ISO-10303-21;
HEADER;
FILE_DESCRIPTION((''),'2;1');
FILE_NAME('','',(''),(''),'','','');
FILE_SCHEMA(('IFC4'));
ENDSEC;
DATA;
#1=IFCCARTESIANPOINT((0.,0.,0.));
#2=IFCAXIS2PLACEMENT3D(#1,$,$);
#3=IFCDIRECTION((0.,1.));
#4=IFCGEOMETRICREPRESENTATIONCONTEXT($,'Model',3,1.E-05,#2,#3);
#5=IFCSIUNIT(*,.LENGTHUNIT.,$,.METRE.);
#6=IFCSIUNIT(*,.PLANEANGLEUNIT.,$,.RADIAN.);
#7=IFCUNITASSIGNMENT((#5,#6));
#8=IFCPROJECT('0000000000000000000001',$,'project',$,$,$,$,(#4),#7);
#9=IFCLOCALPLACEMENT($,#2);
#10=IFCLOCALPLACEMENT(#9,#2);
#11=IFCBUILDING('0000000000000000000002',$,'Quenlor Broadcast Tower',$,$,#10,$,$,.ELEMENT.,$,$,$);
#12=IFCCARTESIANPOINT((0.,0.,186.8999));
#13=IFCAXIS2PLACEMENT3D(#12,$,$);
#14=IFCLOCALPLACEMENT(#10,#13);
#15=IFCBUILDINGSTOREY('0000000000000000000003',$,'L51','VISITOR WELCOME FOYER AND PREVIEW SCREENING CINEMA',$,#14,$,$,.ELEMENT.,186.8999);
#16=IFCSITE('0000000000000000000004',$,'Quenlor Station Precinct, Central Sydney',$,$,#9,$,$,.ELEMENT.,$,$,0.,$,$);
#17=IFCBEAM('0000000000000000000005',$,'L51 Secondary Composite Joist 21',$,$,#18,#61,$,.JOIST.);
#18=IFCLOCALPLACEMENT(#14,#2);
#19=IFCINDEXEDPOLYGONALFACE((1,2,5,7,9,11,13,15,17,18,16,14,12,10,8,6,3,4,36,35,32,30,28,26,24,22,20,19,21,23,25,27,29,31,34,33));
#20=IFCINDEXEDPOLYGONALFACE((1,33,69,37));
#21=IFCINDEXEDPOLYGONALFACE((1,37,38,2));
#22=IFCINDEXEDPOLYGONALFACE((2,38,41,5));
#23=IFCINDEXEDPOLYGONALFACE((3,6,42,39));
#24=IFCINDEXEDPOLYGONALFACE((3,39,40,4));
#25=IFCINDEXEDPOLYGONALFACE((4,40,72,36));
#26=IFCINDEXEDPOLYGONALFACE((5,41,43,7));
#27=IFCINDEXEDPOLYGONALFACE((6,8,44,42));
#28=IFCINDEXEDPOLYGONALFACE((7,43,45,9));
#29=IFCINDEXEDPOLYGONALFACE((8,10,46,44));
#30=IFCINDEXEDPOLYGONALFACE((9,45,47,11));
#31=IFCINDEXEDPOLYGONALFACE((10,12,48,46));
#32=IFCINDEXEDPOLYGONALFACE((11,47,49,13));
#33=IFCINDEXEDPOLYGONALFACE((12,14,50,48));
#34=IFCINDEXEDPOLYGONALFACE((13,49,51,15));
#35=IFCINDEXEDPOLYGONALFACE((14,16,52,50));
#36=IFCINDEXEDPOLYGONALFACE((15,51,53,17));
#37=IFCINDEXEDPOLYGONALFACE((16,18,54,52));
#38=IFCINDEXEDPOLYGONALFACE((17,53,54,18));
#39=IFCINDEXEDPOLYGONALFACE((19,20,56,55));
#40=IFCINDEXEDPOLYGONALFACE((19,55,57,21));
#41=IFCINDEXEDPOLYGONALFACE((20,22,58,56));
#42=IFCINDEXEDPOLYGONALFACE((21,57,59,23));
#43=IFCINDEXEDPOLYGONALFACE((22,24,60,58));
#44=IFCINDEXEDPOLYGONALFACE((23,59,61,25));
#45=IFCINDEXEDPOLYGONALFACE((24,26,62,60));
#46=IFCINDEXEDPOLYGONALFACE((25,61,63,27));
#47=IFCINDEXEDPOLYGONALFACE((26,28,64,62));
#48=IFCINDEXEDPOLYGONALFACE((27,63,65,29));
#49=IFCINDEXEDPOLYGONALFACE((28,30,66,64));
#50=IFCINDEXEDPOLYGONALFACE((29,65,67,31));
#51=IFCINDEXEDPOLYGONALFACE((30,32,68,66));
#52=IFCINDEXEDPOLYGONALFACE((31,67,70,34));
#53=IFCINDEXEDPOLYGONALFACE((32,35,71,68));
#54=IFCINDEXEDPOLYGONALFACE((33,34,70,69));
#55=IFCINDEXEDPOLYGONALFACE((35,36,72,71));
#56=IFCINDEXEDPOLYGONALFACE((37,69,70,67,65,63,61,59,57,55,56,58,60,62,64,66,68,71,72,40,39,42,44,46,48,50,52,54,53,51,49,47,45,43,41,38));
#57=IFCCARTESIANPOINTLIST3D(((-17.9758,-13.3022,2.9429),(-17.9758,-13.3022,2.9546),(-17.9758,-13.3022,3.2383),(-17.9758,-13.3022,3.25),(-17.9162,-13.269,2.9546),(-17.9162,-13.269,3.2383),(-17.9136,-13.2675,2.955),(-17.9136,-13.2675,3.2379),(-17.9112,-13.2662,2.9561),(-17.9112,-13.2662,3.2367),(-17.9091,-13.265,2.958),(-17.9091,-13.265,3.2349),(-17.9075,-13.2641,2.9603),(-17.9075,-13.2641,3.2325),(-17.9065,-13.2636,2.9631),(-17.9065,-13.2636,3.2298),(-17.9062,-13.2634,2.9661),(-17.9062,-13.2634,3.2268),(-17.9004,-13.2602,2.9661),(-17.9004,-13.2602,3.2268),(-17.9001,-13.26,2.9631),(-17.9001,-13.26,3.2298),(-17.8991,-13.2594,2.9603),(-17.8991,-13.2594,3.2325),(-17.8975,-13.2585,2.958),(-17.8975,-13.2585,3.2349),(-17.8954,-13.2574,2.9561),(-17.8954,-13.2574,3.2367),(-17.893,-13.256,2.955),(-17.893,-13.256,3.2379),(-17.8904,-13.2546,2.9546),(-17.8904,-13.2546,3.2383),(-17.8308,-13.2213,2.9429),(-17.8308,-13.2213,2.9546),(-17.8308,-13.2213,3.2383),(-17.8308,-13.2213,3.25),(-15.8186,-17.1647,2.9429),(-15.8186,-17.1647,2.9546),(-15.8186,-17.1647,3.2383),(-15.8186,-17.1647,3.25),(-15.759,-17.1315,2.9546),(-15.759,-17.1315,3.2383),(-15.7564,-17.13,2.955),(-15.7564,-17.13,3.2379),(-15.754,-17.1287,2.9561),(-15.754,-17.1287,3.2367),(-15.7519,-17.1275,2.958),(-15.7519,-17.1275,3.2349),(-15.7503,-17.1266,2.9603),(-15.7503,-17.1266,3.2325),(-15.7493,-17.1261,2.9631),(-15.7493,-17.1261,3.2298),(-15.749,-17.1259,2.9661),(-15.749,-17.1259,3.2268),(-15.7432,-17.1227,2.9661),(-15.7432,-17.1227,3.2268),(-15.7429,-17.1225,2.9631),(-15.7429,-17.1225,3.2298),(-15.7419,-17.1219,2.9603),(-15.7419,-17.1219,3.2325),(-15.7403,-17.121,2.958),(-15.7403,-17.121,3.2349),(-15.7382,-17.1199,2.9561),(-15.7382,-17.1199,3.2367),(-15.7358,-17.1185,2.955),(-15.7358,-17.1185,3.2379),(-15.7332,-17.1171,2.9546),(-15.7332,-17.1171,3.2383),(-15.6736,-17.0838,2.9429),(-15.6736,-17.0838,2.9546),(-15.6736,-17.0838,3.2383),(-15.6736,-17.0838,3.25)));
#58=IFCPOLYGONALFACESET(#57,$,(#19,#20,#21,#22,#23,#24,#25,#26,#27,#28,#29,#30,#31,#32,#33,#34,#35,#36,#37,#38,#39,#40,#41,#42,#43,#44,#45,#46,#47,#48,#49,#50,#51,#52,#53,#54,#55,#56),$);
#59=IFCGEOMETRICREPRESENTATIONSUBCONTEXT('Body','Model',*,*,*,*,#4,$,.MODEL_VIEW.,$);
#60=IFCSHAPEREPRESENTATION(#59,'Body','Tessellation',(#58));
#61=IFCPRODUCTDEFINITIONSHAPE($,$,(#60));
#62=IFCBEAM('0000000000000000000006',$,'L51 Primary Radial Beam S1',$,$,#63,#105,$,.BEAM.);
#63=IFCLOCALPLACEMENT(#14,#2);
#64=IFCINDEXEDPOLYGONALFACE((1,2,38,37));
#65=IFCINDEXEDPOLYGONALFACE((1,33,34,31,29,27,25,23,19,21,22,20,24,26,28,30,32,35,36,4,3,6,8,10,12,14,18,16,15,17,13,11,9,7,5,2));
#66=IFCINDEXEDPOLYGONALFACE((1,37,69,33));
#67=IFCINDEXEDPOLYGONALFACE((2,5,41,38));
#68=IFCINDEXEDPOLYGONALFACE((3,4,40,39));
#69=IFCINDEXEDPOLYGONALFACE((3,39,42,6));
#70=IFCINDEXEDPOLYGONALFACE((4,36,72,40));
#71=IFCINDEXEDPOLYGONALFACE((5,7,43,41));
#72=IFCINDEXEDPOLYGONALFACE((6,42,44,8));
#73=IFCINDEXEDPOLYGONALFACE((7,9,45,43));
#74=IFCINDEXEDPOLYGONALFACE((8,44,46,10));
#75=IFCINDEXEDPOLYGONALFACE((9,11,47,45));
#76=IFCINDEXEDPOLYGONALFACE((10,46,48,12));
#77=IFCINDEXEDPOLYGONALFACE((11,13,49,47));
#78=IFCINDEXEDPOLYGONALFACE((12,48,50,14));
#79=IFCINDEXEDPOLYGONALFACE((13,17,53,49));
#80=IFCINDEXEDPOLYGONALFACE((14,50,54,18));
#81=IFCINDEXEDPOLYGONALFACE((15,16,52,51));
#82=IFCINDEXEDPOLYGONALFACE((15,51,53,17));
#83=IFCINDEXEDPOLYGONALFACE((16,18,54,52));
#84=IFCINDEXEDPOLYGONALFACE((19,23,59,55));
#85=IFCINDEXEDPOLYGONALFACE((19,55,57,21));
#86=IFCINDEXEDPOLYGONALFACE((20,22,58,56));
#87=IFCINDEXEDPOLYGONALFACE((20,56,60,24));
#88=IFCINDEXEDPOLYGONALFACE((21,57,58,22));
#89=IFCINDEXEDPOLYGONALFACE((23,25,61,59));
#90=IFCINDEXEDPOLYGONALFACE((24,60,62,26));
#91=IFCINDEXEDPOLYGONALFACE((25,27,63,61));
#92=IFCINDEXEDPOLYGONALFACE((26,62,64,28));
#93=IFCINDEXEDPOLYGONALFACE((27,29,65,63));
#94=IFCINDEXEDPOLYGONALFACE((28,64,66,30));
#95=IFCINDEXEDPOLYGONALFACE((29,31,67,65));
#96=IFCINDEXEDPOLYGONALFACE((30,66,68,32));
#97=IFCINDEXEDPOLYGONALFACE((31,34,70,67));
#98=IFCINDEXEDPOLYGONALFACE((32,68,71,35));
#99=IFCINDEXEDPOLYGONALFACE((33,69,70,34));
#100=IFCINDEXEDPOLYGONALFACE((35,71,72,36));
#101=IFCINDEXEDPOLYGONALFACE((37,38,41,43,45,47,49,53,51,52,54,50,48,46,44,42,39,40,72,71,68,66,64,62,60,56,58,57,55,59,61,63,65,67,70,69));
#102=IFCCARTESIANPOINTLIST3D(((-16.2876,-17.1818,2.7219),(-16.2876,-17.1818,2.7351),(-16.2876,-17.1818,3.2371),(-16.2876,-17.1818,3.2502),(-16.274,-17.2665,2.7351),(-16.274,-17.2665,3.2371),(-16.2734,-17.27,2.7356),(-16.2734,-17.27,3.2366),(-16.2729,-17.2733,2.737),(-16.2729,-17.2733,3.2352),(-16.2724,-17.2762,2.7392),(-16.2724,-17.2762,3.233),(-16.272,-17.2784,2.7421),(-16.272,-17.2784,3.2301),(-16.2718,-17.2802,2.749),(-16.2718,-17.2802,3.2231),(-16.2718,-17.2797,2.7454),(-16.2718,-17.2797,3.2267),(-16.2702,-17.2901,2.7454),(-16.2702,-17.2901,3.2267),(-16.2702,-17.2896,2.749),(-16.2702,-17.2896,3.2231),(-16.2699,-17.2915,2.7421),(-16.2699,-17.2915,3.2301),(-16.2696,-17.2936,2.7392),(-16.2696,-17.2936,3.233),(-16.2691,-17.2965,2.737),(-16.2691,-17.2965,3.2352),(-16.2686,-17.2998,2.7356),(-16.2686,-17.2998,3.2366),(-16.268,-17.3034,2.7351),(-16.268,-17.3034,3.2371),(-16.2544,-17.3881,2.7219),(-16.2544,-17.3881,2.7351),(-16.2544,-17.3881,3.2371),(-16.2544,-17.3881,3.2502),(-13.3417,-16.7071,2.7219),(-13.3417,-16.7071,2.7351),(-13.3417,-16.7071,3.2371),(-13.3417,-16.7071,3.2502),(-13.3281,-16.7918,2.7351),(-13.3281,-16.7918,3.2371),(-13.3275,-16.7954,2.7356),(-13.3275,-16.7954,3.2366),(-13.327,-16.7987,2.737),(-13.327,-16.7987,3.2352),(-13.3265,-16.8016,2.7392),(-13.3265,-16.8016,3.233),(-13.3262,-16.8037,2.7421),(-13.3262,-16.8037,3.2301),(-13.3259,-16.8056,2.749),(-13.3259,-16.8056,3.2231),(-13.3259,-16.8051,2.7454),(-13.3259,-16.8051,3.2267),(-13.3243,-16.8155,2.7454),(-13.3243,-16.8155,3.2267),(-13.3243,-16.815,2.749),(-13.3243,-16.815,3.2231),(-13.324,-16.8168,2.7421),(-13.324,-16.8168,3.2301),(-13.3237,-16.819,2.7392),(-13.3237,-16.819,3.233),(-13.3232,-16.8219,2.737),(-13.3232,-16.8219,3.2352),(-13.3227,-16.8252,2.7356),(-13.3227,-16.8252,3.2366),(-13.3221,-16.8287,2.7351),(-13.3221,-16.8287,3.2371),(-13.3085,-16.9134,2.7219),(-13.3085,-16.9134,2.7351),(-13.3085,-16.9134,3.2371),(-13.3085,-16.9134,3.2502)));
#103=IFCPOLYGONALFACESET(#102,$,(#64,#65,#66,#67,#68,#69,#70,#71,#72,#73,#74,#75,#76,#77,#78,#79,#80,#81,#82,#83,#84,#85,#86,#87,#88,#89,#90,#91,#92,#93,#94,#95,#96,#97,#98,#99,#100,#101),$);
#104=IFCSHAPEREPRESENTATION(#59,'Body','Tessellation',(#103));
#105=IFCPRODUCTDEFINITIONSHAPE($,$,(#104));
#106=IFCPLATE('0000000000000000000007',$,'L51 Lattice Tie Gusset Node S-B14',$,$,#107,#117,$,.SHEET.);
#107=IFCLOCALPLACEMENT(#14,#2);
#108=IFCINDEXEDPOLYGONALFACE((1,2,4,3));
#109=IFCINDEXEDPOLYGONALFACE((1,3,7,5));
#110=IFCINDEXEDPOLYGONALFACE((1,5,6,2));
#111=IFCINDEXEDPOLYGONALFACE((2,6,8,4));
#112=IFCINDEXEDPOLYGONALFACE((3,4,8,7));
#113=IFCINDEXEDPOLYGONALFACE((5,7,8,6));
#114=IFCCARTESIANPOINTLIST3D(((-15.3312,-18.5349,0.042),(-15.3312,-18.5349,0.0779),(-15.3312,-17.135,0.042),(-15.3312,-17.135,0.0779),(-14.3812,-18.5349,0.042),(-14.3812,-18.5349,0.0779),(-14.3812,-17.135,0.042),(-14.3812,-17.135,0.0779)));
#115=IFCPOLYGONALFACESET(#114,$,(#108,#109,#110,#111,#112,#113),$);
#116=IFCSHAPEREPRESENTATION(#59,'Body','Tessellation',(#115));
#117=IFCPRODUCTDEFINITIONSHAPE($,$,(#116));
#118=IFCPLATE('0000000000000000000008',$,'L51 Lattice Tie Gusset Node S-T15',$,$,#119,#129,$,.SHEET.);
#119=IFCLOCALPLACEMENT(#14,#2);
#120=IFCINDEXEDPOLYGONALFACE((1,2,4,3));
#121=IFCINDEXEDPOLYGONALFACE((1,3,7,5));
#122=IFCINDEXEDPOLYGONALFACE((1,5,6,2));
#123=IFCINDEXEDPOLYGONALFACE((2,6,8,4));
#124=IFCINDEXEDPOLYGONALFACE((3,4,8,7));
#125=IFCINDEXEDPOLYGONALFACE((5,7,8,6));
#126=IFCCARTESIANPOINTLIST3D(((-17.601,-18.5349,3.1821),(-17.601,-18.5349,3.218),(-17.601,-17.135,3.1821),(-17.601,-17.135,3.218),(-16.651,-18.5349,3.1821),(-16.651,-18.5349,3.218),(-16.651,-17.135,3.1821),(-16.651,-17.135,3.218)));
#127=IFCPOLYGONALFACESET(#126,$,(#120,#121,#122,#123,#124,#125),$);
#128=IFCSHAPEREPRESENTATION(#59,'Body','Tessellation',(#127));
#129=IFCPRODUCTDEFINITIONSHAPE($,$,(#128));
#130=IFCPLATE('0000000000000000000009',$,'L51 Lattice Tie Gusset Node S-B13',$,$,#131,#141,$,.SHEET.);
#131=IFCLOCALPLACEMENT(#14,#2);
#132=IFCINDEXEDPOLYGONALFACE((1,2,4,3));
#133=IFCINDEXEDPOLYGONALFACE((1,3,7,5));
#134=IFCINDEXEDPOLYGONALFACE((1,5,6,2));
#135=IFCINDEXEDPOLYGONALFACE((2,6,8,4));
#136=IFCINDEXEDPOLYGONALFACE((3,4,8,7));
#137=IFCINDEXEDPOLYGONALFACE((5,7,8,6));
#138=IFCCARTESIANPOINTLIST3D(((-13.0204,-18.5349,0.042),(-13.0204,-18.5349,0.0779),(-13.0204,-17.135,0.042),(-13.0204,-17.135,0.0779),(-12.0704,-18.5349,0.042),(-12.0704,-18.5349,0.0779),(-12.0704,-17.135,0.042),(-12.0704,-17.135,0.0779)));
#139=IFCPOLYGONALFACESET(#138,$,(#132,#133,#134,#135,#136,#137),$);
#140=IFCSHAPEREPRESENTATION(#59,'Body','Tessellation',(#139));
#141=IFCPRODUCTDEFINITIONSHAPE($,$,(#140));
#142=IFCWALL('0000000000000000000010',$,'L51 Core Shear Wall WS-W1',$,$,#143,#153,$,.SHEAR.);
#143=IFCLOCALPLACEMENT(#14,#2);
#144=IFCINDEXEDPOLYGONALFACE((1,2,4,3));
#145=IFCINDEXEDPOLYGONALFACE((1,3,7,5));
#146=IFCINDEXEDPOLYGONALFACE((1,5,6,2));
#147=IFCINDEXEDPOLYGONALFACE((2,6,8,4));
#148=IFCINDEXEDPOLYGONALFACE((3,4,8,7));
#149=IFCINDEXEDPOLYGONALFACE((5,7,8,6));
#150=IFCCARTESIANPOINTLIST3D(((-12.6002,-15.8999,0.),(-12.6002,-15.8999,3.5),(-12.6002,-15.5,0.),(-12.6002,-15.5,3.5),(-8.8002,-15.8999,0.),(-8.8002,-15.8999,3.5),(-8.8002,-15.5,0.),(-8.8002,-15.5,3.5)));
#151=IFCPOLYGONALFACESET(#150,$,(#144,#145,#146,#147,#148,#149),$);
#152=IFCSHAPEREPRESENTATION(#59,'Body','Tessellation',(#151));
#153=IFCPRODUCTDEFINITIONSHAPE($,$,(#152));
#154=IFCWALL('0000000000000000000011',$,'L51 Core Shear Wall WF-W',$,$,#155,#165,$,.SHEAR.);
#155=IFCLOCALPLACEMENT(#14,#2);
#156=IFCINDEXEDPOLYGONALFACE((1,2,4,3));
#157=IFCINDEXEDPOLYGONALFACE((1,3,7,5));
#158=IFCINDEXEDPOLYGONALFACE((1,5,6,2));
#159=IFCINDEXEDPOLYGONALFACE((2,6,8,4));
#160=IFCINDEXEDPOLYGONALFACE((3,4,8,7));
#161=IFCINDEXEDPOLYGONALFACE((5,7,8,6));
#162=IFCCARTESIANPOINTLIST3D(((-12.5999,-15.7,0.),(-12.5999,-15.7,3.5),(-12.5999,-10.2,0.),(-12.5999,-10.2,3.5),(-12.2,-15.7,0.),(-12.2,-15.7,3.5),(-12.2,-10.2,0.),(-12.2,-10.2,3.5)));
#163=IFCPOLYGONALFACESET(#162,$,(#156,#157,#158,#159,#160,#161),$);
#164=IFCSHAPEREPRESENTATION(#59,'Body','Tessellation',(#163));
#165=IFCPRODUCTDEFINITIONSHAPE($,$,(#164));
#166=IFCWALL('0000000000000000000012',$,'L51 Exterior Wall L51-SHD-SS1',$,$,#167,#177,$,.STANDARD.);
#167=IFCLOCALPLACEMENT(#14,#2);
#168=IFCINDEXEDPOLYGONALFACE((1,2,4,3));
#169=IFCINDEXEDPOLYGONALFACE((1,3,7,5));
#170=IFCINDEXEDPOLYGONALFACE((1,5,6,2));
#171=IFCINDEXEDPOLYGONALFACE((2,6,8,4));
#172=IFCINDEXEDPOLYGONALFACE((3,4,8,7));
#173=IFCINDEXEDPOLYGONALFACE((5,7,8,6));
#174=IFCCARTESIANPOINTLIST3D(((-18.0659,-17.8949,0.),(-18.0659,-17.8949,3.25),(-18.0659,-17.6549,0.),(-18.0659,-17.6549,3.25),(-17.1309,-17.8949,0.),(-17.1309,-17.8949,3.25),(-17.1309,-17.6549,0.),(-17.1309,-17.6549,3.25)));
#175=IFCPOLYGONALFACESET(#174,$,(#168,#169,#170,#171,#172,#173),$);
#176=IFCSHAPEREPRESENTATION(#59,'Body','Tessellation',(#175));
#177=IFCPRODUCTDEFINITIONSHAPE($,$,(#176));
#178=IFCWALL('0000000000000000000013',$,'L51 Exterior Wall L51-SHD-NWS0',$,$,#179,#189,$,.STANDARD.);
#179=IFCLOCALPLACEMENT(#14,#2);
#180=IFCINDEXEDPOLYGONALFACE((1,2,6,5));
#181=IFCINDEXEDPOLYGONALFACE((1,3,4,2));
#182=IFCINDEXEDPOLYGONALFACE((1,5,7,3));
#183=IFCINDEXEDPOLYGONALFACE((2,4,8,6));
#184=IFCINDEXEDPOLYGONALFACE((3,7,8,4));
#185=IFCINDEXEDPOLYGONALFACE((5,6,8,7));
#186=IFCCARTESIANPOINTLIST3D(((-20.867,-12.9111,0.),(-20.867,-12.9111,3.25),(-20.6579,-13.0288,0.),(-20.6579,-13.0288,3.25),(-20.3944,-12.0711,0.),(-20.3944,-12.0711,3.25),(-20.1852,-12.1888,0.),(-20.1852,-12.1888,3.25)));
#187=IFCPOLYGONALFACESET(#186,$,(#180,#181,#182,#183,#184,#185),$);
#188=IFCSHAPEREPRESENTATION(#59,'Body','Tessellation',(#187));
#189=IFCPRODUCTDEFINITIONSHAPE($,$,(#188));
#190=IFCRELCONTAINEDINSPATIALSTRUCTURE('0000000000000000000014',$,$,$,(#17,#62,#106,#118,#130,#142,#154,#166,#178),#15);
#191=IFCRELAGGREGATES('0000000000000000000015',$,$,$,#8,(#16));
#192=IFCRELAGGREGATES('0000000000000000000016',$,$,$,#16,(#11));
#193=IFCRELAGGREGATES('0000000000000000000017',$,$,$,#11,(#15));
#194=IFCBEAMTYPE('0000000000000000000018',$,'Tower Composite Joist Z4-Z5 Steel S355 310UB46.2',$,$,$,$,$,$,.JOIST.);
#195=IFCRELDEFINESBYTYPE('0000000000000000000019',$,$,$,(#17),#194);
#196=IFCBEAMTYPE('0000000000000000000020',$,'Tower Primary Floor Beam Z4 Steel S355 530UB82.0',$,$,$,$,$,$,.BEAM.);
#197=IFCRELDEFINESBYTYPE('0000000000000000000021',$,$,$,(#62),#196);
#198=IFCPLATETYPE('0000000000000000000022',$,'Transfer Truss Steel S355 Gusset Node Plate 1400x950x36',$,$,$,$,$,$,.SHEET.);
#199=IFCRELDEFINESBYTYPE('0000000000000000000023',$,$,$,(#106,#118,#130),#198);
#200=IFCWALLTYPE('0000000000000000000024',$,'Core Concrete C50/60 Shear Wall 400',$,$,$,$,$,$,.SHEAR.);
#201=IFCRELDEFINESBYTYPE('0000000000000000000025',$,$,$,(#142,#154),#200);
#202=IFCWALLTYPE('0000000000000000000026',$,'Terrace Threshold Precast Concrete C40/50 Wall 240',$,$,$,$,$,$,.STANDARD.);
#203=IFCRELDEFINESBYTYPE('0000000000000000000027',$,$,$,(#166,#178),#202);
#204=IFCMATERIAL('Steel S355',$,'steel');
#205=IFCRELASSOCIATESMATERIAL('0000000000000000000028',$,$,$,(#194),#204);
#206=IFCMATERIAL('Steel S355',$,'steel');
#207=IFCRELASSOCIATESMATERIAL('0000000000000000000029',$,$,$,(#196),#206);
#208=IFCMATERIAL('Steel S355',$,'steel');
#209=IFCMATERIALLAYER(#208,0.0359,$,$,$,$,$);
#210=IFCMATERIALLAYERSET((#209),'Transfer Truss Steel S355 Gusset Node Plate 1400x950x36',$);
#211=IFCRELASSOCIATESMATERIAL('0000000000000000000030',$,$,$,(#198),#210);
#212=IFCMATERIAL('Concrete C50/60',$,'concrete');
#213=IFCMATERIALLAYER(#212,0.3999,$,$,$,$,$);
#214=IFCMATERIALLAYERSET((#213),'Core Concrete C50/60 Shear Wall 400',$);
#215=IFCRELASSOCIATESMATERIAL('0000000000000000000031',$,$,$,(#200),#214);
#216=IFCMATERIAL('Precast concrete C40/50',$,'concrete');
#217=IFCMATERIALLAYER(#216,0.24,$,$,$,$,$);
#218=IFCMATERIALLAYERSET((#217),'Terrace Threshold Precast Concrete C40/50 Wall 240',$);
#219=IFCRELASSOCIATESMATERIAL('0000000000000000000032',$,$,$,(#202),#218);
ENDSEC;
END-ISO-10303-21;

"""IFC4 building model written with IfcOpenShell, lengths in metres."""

from ifc_helpers import new_model, si_unit, direction, frame, frame_2d, origin, origin_2d, place, context, subcontext, project, spatial, rectangle, i_section, extrude, material, layer, layer_set, material_profile, profile_set, type_object, element, save


model = new_model("IFC4")

# Units and contexts
model_context = context("Model", 3, precision=1e-05, world=origin(), true_north=direction((0.0, 1.0)))
body_context = subcontext(model_context, "Body", "Model", "MODEL_VIEW")
ifc_project = project(units=[si_unit("LENGTHUNIT", "METRE"), si_unit("PLANEANGLEUNIT", "RADIAN")], contexts=[model_context])

# Site, building, storey
site_placement = place(None, origin())
site = spatial("IfcSite", under=ifc_project, at=site_placement, Name="Quenlor Station Precinct, Central Sydney", CompositionType="ELEMENT", RefElevation=0.0)
building_placement = place(site_placement, origin())
building = spatial("IfcBuilding", under=site, at=building_placement, Name="Quenlor Broadcast Tower", CompositionType="ELEMENT")
storey_placement = place(building_placement, frame((0.0, 0.0, 186.8999)))
storey = spatial("IfcBuildingStorey", under=building, at=storey_placement, Name="L51", Description="VISITOR WELCOME FOYER AND PREVIEW SCREENING CINEMA", CompositionType="ELEMENT", Elevation=186.8999)

# Beams
ifc_material_1 = material(Name="Steel S355", Category="steel")
ifc_material_profile_1 = material_profile(ifc_material_1, i_section(OverallWidth=0.166, OverallDepth=0.3071, WebThickness=0.0066, FlangeThickness=0.0117, FilletRadius=0.0115, at=origin_2d()))
ifc_profile_set_1 = profile_set([ifc_material_profile_1], Name="Steel S355 310UB46.2")
beam_type_1 = type_object("IfcBeamType", Name="Tower Composite Joist Z4-Z5 Steel S355 310UB46.2", PredefinedType="JOIST", material=ifc_profile_set_1)
beam_1_placement = place(storey_placement, frame((-15.7461, -17.1243, 3.0964), z_axis=(-0.487605, 0.873064, 0.0), x_axis=(-0.873064, -0.487605, 0.0)))
element("IfcBeam", 1, at=beam_1_placement, inside=storey, type_object=beam_type_1, Name="L51 Secondary Composite Joist 21", PredefinedType="JOIST", context=body_context, shape_type="SweptSolid", body=[
    extrude(i_section(OverallWidth=0.166, OverallDepth=0.3071, WebThickness=0.0066, FlangeThickness=0.0117, FilletRadius=0.0115, at=origin_2d()), origin(), (0.0, 0.0, 1.0), 4.4241),
])
ifc_material_2 = material(Name="Steel S355", Category="steel")
ifc_material_profile_2 = material_profile(ifc_material_2, i_section(OverallWidth=0.209, OverallDepth=0.5283, WebThickness=0.0095, FlangeThickness=0.0132, FilletRadius=0.0139, at=origin_2d()))
ifc_profile_set_2 = profile_set([ifc_material_profile_2], Name="Steel S355 530UB82.0")
beam_type_2 = type_object("IfcBeamType", Name="Tower Primary Floor Beam Z4 Steel S355 530UB82.0", PredefinedType="BEAM", material=ifc_profile_set_2)
beam_2_placement = place(storey_placement, frame((-16.271, -17.2849, 2.9861), z_axis=(0.987268, 0.159063, 0.0), x_axis=(-0.159063, 0.987268, 0.0)))
element("IfcBeam", 2, at=beam_2_placement, inside=storey, type_object=beam_type_2, Name="L51 Primary Radial Beam S1", PredefinedType="BEAM", context=body_context, shape_type="SweptSolid", body=[
    extrude(i_section(OverallWidth=0.209, OverallDepth=0.5283, WebThickness=0.0095, FlangeThickness=0.0132, FilletRadius=0.0139, at=origin_2d()), origin(), (0.0, 0.0, 1.0), 2.9839),
])

# Plates
ifc_material_3 = material(Name="Steel S355", Category="steel")
ifc_layer_1 = layer(ifc_material_3, 0.0359)
ifc_layer_set_1 = layer_set([ifc_layer_1], Name="Transfer Truss Steel S355 Gusset Node Plate 1400x950x36")
plate_type = type_object("IfcPlateType", Name="Transfer Truss Steel S355 Gusset Node Plate 1400x950x36", PredefinedType="SHEET", material=ifc_layer_set_1)
for number, where, z_axis, x_axis, name in (
    (3, (-14.8562, -17.835, 0.042), (0.0, 0.0, 1.0), (0.0, -1.0, 0.0), "L51 Lattice Tie Gusset Node S-B14"),
    (4, (-17.126, -17.835, 3.1821), (0.0, 0.0, 1.0), (0.0, -1.0, 0.0), "L51 Lattice Tie Gusset Node S-T15"),
    (5, (-12.5454, -17.835, 0.042), (0.0, 0.0, 1.0), (0.0, -1.0, 0.0), "L51 Lattice Tie Gusset Node S-B13"),
):
    element("IfcPlate", number, at=place(storey_placement, frame(where, z_axis=z_axis, x_axis=x_axis)), inside=storey, type_object=plate_type, Name=name, PredefinedType="SHEET", context=body_context, shape_type="SweptSolid", body=[
        extrude(rectangle(XDim=1.3999, YDim=0.95, at=origin_2d()), origin(), (0.0, 0.0, 1.0), 0.0359),
    ])

# Walls
ifc_material_4 = material(Name="Concrete C50/60", Category="concrete")
ifc_layer_2 = layer(ifc_material_4, 0.3999)
ifc_layer_set_2 = layer_set([ifc_layer_2], Name="Core Concrete C50/60 Shear Wall 400")
wall_type_1 = type_object("IfcWallType", Name="Core Concrete C50/60 Shear Wall 400", PredefinedType="SHEAR", material=ifc_layer_set_2)
wall_1_placement = place(storey_placement, frame((-12.6001, -15.7, 0.0), z_axis=(0.0, 0.0, 1.0), x_axis=(1.0, 0.0, 0.0)))
element("IfcWall", 6, at=wall_1_placement, inside=storey, type_object=wall_type_1, Name="L51 Core Shear Wall WS-W1", PredefinedType="SHEAR", context=body_context, shape_type="SweptSolid", body=[
    extrude(rectangle(XDim=3.8, YDim=0.3999, at=frame_2d((1.8999, 0.0))), origin(), (0.0, 0.0, 1.0), 3.5),
])
wall_2_placement = place(storey_placement, frame((-12.3999, -15.7, 0.0), z_axis=(0.0, 0.0, 1.0), x_axis=(0.0, 1.0, 0.0)))
element("IfcWall", 7, at=wall_2_placement, inside=storey, type_object=wall_type_1, Name="L51 Core Shear Wall WF-W", PredefinedType="SHEAR", context=body_context, shape_type="SweptSolid", body=[
    extrude(rectangle(XDim=5.5, YDim=0.3999, at=frame_2d((2.75, 0.0))), origin(), (0.0, 0.0, 1.0), 3.5),
])
ifc_material_5 = material(Name="Precast concrete C40/50", Category="concrete")
ifc_layer_3 = layer(ifc_material_5, 0.24)
ifc_layer_set_3 = layer_set([ifc_layer_3], Name="Terrace Threshold Precast Concrete C40/50 Wall 240")
wall_type_2 = type_object("IfcWallType", Name="Terrace Threshold Precast Concrete C40/50 Wall 240", PredefinedType="STANDARD", material=ifc_layer_set_3)
wall_3_placement = place(storey_placement, frame((-17.1309, -17.7749, 0.0), z_axis=(0.0, 0.0, 1.0), x_axis=(-1.0, 0.0, 0.0)))
element("IfcWall", 8, at=wall_3_placement, inside=storey, type_object=wall_type_2, Name="L51 Exterior Wall L51-SHD-SS1", PredefinedType="STANDARD", context=body_context, shape_type="SweptSolid", body=[
    extrude(rectangle(XDim=0.9351, YDim=0.24, at=frame_2d((0.4675, 0.0))), origin(), (0.0, 0.0, 1.0), 3.25),
])
wall_4_placement = place(storey_placement, frame((-20.7625, -12.97, 0.0), z_axis=(0.0, 0.0, 1.0), x_axis=(0.490345, 0.871528, 0.0)))
element("IfcWall", 9, at=wall_4_placement, inside=storey, type_object=wall_type_2, Name="L51 Exterior Wall L51-SHD-NWS0", PredefinedType="STANDARD", context=body_context, shape_type="SweptSolid", body=[
    extrude(rectangle(XDim=0.9639, YDim=0.24, at=frame_2d((0.4819, 0.0))), origin(), (0.0, 0.0, 1.0), 3.25),
])

save(model, "model.ifc")
